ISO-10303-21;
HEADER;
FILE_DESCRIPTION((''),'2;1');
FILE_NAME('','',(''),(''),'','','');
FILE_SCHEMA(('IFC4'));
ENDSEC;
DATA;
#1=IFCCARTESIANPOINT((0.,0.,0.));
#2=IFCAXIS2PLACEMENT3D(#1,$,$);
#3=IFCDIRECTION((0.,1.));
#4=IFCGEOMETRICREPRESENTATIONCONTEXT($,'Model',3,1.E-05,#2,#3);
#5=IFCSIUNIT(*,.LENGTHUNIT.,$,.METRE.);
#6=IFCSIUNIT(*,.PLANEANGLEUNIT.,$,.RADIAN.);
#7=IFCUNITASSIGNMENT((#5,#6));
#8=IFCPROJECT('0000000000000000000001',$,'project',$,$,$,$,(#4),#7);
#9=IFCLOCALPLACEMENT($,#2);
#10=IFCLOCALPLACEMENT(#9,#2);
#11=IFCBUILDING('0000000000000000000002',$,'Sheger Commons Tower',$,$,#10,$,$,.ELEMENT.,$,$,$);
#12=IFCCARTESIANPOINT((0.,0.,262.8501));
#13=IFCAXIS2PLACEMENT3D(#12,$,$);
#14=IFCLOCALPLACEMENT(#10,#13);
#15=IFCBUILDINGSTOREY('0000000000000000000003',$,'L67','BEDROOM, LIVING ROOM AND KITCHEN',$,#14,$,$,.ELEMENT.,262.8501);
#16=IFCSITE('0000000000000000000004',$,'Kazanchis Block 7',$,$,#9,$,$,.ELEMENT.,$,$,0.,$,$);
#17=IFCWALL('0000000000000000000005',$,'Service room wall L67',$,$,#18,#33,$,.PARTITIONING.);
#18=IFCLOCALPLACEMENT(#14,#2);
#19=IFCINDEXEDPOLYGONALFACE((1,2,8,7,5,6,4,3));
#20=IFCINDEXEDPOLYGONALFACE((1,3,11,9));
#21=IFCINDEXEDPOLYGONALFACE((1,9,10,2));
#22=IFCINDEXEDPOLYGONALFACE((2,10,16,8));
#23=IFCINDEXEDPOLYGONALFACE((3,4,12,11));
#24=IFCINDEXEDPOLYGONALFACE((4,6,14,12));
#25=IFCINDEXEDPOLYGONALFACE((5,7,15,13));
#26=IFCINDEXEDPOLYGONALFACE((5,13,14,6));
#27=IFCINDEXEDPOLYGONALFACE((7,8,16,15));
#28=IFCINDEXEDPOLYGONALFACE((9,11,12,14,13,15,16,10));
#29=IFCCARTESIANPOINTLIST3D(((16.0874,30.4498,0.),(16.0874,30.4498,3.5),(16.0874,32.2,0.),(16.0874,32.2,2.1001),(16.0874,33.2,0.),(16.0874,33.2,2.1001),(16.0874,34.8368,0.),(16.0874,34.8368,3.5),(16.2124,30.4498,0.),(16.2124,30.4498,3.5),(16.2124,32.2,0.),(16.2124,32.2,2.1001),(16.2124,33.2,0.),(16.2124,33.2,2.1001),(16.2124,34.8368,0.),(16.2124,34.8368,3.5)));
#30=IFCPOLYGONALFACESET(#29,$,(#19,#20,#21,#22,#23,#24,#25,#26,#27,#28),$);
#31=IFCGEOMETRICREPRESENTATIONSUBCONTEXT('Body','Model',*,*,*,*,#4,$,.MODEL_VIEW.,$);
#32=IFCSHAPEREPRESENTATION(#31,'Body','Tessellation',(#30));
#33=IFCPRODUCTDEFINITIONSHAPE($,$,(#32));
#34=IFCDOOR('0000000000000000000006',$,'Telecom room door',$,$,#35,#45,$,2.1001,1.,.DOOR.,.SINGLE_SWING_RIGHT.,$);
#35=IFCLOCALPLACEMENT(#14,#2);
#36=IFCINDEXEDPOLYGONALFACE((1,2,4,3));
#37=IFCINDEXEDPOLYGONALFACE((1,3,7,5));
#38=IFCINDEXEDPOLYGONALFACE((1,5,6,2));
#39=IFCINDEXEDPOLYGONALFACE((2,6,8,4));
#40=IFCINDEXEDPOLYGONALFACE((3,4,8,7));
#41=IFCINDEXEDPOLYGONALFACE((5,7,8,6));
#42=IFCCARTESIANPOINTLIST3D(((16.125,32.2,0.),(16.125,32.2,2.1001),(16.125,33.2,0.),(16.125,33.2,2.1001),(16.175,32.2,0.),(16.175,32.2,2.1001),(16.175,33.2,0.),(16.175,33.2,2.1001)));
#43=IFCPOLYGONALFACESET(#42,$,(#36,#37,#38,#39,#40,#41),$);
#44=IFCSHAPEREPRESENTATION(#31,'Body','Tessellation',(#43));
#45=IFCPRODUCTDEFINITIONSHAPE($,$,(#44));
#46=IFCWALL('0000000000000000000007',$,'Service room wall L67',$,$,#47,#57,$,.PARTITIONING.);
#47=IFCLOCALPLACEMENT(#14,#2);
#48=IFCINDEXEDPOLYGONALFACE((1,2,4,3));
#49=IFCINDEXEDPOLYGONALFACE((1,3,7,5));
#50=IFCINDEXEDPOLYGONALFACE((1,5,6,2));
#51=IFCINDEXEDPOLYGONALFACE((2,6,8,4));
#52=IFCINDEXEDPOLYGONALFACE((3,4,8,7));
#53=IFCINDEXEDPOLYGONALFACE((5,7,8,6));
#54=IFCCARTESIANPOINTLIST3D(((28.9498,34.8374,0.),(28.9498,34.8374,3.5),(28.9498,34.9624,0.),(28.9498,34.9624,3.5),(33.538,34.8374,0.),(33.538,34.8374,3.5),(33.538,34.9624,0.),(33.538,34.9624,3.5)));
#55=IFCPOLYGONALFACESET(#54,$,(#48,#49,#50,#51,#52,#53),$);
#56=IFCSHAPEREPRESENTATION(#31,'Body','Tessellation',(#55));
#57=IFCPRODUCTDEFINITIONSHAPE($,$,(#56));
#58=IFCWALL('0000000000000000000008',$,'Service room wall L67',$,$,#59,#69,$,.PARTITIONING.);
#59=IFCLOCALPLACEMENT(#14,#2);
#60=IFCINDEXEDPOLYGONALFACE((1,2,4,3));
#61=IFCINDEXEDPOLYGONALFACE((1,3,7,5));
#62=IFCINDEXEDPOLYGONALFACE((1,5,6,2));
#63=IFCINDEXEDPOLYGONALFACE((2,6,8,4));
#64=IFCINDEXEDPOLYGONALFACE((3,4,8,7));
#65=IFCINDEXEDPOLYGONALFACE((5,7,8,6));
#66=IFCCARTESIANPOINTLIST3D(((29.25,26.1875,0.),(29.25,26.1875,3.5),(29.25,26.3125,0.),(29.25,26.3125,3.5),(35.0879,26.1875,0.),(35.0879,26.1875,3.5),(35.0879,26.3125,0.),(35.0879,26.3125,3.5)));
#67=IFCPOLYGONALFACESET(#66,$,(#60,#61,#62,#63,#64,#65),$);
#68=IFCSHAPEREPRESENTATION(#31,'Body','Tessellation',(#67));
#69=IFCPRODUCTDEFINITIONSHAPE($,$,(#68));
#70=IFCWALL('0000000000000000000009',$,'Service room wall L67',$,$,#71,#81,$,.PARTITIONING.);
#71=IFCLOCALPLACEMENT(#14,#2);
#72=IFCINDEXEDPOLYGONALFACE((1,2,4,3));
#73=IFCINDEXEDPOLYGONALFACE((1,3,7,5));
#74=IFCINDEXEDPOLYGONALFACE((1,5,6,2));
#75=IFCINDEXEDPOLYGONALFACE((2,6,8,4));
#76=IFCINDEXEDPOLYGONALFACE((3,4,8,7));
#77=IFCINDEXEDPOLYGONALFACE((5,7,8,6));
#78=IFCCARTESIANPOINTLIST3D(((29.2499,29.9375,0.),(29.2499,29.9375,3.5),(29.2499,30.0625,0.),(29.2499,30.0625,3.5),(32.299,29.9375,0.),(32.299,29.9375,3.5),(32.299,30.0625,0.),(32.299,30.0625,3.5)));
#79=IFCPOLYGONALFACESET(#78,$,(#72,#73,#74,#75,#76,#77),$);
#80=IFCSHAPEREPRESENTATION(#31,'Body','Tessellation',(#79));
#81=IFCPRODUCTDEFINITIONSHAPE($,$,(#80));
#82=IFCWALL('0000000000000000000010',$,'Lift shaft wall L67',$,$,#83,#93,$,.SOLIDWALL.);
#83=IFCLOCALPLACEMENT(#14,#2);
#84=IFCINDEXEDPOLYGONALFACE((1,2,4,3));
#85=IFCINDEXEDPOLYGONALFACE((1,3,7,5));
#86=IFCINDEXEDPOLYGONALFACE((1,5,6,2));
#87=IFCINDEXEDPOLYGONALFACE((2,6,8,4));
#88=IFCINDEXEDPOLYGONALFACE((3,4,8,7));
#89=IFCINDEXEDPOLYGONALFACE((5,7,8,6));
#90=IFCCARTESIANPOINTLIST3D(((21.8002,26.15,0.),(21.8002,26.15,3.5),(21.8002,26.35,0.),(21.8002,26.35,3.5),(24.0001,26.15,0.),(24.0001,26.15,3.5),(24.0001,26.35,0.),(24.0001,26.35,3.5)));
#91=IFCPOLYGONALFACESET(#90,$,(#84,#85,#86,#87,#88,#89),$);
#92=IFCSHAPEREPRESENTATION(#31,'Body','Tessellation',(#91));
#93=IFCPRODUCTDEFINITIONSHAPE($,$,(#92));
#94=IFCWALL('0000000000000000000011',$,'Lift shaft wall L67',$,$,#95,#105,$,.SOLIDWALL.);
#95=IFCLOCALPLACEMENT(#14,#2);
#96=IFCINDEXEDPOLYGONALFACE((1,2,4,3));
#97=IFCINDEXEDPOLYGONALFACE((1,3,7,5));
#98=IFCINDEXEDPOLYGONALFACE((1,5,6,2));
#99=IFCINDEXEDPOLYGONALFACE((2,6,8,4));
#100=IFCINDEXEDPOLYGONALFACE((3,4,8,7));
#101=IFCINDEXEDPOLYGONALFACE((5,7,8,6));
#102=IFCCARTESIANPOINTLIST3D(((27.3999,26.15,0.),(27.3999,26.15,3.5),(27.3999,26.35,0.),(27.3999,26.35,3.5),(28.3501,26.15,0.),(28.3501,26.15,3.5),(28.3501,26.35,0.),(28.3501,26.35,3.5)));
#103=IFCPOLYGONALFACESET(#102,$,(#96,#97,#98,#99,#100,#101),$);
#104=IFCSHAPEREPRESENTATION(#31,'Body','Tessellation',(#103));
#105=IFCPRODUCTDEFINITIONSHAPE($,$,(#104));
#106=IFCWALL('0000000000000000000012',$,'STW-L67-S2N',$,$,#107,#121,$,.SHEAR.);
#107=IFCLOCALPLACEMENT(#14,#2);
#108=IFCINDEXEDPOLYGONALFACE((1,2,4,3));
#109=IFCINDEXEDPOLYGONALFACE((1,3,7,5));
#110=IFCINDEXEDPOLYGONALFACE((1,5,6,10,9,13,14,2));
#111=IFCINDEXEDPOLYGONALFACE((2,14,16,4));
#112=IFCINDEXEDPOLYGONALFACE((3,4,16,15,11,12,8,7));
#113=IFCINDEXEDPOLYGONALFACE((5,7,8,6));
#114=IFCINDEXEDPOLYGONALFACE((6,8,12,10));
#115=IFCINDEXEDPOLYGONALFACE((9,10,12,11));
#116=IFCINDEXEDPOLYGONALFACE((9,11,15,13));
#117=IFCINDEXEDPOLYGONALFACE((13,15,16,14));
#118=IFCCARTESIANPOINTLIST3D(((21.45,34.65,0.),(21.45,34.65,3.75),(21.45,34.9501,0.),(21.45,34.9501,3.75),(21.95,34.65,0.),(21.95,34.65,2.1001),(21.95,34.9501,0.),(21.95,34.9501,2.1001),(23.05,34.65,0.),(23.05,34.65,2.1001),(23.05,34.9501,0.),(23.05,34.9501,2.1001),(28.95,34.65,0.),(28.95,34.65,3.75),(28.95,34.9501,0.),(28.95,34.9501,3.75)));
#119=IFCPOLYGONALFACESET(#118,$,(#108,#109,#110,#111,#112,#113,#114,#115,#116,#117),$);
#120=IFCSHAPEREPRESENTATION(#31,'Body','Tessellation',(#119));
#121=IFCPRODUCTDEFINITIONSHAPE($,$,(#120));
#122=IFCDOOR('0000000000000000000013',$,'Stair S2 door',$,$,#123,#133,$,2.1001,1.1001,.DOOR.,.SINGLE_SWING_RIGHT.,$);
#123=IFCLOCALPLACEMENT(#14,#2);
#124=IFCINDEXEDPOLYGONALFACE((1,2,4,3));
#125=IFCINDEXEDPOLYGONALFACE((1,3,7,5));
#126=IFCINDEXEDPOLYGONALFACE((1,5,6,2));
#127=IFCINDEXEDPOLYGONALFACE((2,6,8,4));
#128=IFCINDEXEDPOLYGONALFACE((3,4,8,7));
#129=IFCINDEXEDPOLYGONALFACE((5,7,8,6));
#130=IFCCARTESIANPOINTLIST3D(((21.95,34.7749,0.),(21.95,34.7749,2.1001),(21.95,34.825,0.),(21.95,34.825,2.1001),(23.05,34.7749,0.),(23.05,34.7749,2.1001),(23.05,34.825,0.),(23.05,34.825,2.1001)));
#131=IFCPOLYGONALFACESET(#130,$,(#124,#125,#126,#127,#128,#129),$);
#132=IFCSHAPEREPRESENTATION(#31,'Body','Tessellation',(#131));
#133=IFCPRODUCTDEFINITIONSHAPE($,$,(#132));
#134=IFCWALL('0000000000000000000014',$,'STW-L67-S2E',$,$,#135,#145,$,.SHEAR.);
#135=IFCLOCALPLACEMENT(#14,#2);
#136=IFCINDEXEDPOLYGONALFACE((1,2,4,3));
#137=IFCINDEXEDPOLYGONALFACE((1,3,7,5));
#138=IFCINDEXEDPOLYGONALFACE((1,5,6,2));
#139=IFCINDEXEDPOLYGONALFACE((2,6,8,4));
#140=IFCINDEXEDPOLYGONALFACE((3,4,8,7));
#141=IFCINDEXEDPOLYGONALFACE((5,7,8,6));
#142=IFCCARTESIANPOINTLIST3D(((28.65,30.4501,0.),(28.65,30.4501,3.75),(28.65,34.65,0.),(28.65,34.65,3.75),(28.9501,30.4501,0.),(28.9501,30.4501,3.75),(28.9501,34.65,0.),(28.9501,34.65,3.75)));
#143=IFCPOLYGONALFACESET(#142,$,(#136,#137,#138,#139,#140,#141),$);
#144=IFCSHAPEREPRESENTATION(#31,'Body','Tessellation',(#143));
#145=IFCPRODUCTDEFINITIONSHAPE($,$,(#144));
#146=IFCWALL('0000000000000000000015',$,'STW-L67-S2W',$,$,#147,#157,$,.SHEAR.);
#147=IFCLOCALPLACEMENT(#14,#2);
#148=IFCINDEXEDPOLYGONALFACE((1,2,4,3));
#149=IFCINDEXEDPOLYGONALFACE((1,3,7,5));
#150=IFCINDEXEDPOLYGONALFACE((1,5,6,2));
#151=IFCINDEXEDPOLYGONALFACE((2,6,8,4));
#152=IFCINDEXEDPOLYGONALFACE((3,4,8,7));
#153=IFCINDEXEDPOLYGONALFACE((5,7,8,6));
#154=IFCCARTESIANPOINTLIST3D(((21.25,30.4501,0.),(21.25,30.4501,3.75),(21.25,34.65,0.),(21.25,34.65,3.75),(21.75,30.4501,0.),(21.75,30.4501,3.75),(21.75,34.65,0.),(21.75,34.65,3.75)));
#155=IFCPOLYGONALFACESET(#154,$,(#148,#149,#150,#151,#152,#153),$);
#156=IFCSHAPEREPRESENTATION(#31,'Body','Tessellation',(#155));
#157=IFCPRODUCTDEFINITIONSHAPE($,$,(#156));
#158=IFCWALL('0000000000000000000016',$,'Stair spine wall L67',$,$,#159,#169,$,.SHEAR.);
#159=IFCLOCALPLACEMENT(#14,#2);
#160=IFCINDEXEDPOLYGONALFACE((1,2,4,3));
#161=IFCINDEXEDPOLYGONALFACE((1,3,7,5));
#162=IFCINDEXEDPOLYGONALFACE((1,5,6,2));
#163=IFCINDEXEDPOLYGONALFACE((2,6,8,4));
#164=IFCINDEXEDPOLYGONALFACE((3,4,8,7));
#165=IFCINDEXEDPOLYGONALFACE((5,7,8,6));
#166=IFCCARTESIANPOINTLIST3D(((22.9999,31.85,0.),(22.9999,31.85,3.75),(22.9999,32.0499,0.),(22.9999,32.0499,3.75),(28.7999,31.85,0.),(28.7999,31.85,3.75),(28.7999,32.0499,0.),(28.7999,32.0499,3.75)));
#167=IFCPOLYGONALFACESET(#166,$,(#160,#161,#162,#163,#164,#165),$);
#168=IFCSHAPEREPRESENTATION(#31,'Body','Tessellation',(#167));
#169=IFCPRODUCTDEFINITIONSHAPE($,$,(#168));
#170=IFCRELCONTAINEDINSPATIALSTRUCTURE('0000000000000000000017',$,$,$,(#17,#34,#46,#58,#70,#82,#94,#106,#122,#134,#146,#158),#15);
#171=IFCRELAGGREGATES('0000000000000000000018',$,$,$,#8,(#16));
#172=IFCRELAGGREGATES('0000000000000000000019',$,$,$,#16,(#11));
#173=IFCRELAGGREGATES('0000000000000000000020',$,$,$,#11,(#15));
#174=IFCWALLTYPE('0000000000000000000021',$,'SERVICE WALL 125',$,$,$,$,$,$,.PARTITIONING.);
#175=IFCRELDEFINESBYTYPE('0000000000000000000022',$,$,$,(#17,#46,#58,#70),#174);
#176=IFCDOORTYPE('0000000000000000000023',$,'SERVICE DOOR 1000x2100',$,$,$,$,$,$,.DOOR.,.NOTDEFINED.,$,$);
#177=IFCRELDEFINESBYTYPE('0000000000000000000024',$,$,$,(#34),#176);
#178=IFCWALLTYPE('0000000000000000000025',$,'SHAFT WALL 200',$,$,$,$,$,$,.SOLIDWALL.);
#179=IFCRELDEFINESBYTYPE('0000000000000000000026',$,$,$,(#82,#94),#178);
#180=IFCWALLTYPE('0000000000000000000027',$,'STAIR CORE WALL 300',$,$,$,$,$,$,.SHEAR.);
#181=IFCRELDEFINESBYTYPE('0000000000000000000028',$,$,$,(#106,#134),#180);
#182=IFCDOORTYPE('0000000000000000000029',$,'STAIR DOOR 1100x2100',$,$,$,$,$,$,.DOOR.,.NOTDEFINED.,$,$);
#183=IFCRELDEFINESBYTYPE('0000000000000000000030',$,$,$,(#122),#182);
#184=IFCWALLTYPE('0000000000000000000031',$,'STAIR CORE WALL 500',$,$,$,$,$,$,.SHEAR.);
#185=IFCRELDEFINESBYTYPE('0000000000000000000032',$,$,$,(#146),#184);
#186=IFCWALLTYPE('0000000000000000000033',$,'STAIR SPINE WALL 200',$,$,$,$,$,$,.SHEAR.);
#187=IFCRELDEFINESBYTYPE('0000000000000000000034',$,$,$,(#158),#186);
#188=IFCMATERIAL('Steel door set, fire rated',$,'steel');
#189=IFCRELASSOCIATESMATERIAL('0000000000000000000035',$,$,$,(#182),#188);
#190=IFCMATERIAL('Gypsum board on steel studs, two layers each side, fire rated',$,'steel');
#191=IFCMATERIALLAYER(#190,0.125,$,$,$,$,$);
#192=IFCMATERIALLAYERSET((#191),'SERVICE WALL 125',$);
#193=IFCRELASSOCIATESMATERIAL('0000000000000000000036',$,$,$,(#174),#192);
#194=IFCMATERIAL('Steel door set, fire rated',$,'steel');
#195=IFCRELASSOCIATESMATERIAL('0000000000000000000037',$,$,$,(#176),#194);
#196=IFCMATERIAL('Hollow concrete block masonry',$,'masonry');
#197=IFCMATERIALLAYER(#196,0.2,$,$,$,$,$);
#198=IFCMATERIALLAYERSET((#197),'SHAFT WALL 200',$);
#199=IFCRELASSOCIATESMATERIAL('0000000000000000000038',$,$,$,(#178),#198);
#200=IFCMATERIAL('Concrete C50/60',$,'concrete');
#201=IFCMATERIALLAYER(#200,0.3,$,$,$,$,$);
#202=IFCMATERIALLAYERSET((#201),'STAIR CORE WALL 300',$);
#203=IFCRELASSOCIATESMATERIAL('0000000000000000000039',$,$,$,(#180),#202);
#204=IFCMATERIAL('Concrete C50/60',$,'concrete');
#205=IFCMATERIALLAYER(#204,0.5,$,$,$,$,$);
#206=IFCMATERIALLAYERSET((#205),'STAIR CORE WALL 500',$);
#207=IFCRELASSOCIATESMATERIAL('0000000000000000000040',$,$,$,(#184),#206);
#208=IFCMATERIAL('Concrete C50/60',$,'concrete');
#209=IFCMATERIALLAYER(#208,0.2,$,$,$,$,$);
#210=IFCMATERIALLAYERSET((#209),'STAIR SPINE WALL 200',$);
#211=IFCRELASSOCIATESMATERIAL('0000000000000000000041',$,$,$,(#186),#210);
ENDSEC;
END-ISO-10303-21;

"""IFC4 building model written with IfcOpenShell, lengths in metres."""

from ifc_helpers import new_model, si_unit, direction, frame, frame_2d, origin, place, context, subcontext, project, spatial, rectangle, extrude, material, layer, layer_set, type_object, element, fill, save


model = new_model("IFC4")

# Units and contexts
model_context = context("Model", 3, precision=1e-05, world=origin(), true_north=direction((0.0, 1.0)))
body_context = subcontext(model_context, "Body", "Model", "MODEL_VIEW")
ifc_project = project(units=[si_unit("LENGTHUNIT", "METRE"), si_unit("PLANEANGLEUNIT", "RADIAN")], contexts=[model_context])

# Site, building, storey
site_placement = place(None, origin())
site = spatial("IfcSite", under=ifc_project, at=site_placement, Name="Kazanchis Block 7", CompositionType="ELEMENT", RefElevation=0.0)
building_placement = place(site_placement, origin())
building = spatial("IfcBuilding", under=site, at=building_placement, Name="Sheger Commons Tower", CompositionType="ELEMENT")
storey_placement = place(building_placement, frame((0.0, 0.0, 262.8501)))
storey = spatial("IfcBuildingStorey", under=building, at=storey_placement, Name="L67", Description="BEDROOM, LIVING ROOM AND KITCHEN", CompositionType="ELEMENT", Elevation=262.8501)

# Shared definitions
ifc_material_1 = material(Name="Steel door set, fire rated", Category="steel")
door_type_1 = type_object("IfcDoorType", Name="STAIR DOOR 1100x2100", OperationType="NOTDEFINED", PredefinedType="DOOR", material=ifc_material_1)

# Wall, opening, door
ifc_material_2 = material(Name="Gypsum board on steel studs, two layers each side, fire rated", Category="steel")
ifc_layer_1 = layer(ifc_material_2, 0.125)
ifc_layer_set_1 = layer_set([ifc_layer_1], Name="SERVICE WALL 125")
wall_type_1 = type_object("IfcWallType", Name="SERVICE WALL 125", PredefinedType="PARTITIONING", material=ifc_layer_set_1)
wall_1_placement = place(storey_placement, frame((16.1499, 30.45, 0.0), z_axis=(0.0, 0.0, 1.0), x_axis=(0.0, 1.0, 0.0)))
wall_1 = element("IfcWall", 1, at=wall_1_placement, inside=storey, type_object=wall_type_1, Name="Service room wall L67", PredefinedType="PARTITIONING", context=body_context, shape_type="SweptSolid", body=[
    extrude(rectangle(XDim=4.387, YDim=0.125, at=frame_2d((2.1934, 0.0))), origin(), (0.0, 0.0, 1.0), 3.5),
])
opening_1_placement = place(wall_1_placement, frame((1.75, 0.0, 0.0)))
opening_1 = element("IfcOpeningElement", 2, at=opening_1_placement, cuts=wall_1, PredefinedType="OPENING", context=body_context, shape_type="SweptSolid", body=[
    extrude(rectangle(XDim=1.0, YDim=2.1001, at=frame_2d((0.5, 1.05))), frame((0.0, 0.0725, 0.0), z_axis=(0.0, -1.0, 0.0), x_axis=(1.0, 0.0, 0.0)), (0.0, 0.0, 1.0), 0.145),
])
ifc_material_3 = material(Name="Steel door set, fire rated", Category="steel")
door_type_2 = type_object("IfcDoorType", Name="SERVICE DOOR 1000x2100", OperationType="NOTDEFINED", PredefinedType="DOOR", material=ifc_material_3)
door_1_placement = place(opening_1_placement, origin())
door_1 = element("IfcDoor", 3, at=door_1_placement, inside=storey, type_object=door_type_2, Name="Telecom room door", OperationType="SINGLE_SWING_RIGHT", OverallHeight=2.1001, OverallWidth=1.0, PredefinedType="DOOR", context=body_context, shape_type="SweptSolid", body=[
    extrude(rectangle(XDim=1.0, YDim=2.1001, at=frame_2d((0.5, 1.05))), frame((0.0, 0.0249, 0.0), z_axis=(0.0, -1.0, 0.0), x_axis=(1.0, 0.0, 0.0)), (0.0, 0.0, 1.0), 0.05),
])
fill(opening_1, door_1)

# Walls
wall_2_placement = place(storey_placement, frame((28.95, 34.8999, 0.0), z_axis=(0.0, 0.0, 1.0), x_axis=(1.0, 0.0, 0.0)))
element("IfcWall", 4, at=wall_2_placement, inside=storey, type_object=wall_type_1, Name="Service room wall L67", PredefinedType="PARTITIONING", context=body_context, shape_type="SweptSolid", body=[
    extrude(rectangle(XDim=4.5881, YDim=0.125, at=frame_2d((2.2939, 0.0))), origin(), (0.0, 0.0, 1.0), 3.5),
])
wall_3_placement = place(storey_placement, frame((29.25, 26.25, 0.0), z_axis=(0.0, 0.0, 1.0), x_axis=(1.0, 0.0, 0.0)))
element("IfcWall", 5, at=wall_3_placement, inside=storey, type_object=wall_type_1, Name="Service room wall L67", PredefinedType="PARTITIONING", context=body_context, shape_type="SweptSolid", body=[
    extrude(rectangle(XDim=5.8379, YDim=0.125, at=frame_2d((2.9189, 0.0))), origin(), (0.0, 0.0, 1.0), 3.5),
])
wall_4_placement = place(storey_placement, frame((29.25, 30.0, 0.0), z_axis=(0.0, 0.0, 1.0), x_axis=(1.0, 0.0, 0.0)))
element("IfcWall", 6, at=wall_4_placement, inside=storey, type_object=wall_type_1, Name="Service room wall L67", PredefinedType="PARTITIONING", context=body_context, shape_type="SweptSolid", body=[
    extrude(rectangle(XDim=3.0491, YDim=0.125, at=frame_2d((1.5244, 0.0))), origin(), (0.0, 0.0, 1.0), 3.5),
])
ifc_material_4 = material(Name="Hollow concrete block masonry", Category="masonry")
ifc_layer_2 = layer(ifc_material_4, 0.2)
ifc_layer_set_2 = layer_set([ifc_layer_2], Name="SHAFT WALL 200")
wall_type_2 = type_object("IfcWallType", Name="SHAFT WALL 200", PredefinedType="SOLIDWALL", material=ifc_layer_set_2)
wall_5_placement = place(storey_placement, frame((21.8, 26.25, 0.0), z_axis=(0.0, 0.0, 1.0), x_axis=(1.0, 0.0, 0.0)))
element("IfcWall", 7, at=wall_5_placement, inside=storey, type_object=wall_type_2, Name="Lift shaft wall L67", PredefinedType="SOLIDWALL", context=body_context, shape_type="SweptSolid", body=[
    extrude(rectangle(XDim=2.2, YDim=0.2, at=frame_2d((1.1001, 0.0))), origin(), (0.0, 0.0, 1.0), 3.5),
])
wall_6_placement = place(storey_placement, frame((27.3999, 26.25, 0.0), z_axis=(0.0, 0.0, 1.0), x_axis=(1.0, 0.0, 0.0)))
element("IfcWall", 8, at=wall_6_placement, inside=storey, type_object=wall_type_2, Name="Lift shaft wall L67", PredefinedType="SOLIDWALL", context=body_context, shape_type="SweptSolid", body=[
    extrude(rectangle(XDim=0.9502, YDim=0.2, at=frame_2d((0.4751, 0.0))), origin(), (0.0, 0.0, 1.0), 3.5),
])

# Wall, opening, door
ifc_material_5 = material(Name="Concrete C50/60", Category="concrete")
ifc_layer_3 = layer(ifc_material_5, 0.3)
ifc_layer_set_3 = layer_set([ifc_layer_3], Name="STAIR CORE WALL 300")
wall_type_3 = type_object("IfcWallType", Name="STAIR CORE WALL 300", PredefinedType="SHEAR", material=ifc_layer_set_3)
wall_7_placement = place(storey_placement, frame((21.45, 34.8, 0.0), z_axis=(0.0, 0.0, 1.0), x_axis=(1.0, 0.0, 0.0)))
wall_7 = element("IfcWall", 9, at=wall_7_placement, inside=storey, type_object=wall_type_3, Name="STW-L67-S2N", PredefinedType="SHEAR", context=body_context, shape_type="SweptSolid", body=[
    extrude(rectangle(XDim=7.5, YDim=0.3, at=frame_2d((3.75, 0.0))), origin(), (0.0, 0.0, 1.0), 3.75),
])
opening_2_placement = place(wall_7_placement, frame((0.5, 0.0, 0.0)))
opening_2 = element("IfcOpeningElement", 10, at=opening_2_placement, cuts=wall_7, PredefinedType="OPENING", context=body_context, shape_type="SweptSolid", body=[
    extrude(rectangle(XDim=1.1001, YDim=2.1001, at=frame_2d((0.55, 1.05))), frame((0.0, 0.1599, 0.0), z_axis=(0.0, -1.0, 0.0), x_axis=(1.0, 0.0, 0.0)), (0.0, 0.0, 1.0), 0.3201),
])
door_2_placement = place(opening_2_placement, origin())
door_2 = element("IfcDoor", 11, at=door_2_placement, inside=storey, type_object=door_type_1, Name="Stair S2 door", OperationType="SINGLE_SWING_RIGHT", OverallHeight=2.1001, OverallWidth=1.1001, PredefinedType="DOOR", context=body_context, shape_type="SweptSolid", body=[
    extrude(rectangle(XDim=1.1001, YDim=2.1001, at=frame_2d((0.55, 1.05))), frame((0.0, 0.0249, 0.0), z_axis=(0.0, -1.0, 0.0), x_axis=(1.0, 0.0, 0.0)), (0.0, 0.0, 1.0), 0.05),
])
fill(opening_2, door_2)

# Walls
wall_8_placement = place(storey_placement, frame((28.8, 30.45, 0.0), z_axis=(0.0, 0.0, 1.0), x_axis=(0.0, 1.0, 0.0)))
element("IfcWall", 12, at=wall_8_placement, inside=storey, type_object=wall_type_3, Name="STW-L67-S2E", PredefinedType="SHEAR", context=body_context, shape_type="SweptSolid", body=[
    extrude(rectangle(XDim=4.2, YDim=0.3, at=frame_2d((2.1001, 0.0))), origin(), (0.0, 0.0, 1.0), 3.75),
])
ifc_material_6 = material(Name="Concrete C50/60", Category="concrete")
ifc_layer_4 = layer(ifc_material_6, 0.5)
ifc_layer_set_4 = layer_set([ifc_layer_4], Name="STAIR CORE WALL 500")
wall_type_4 = type_object("IfcWallType", Name="STAIR CORE WALL 500", PredefinedType="SHEAR", material=ifc_layer_set_4)
wall_9_placement = place(storey_placement, frame((21.5, 30.45, 0.0), z_axis=(0.0, 0.0, 1.0), x_axis=(0.0, 1.0, 0.0)))
element("IfcWall", 13, at=wall_9_placement, inside=storey, type_object=wall_type_4, Name="STW-L67-S2W", PredefinedType="SHEAR", context=body_context, shape_type="SweptSolid", body=[
    extrude(rectangle(XDim=4.2, YDim=0.5, at=frame_2d((2.1001, 0.0))), origin(), (0.0, 0.0, 1.0), 3.75),
])
ifc_material_7 = material(Name="Concrete C50/60", Category="concrete")
ifc_layer_5 = layer(ifc_material_7, 0.2)
ifc_layer_set_5 = layer_set([ifc_layer_5], Name="STAIR SPINE WALL 200")
wall_type_5 = type_object("IfcWallType", Name="STAIR SPINE WALL 200", PredefinedType="SHEAR", material=ifc_layer_set_5)
wall_10_placement = place(storey_placement, frame((23.0, 31.95, 0.0), z_axis=(0.0, 0.0, 1.0), x_axis=(1.0, 0.0, 0.0)))
element("IfcWall", 14, at=wall_10_placement, inside=storey, type_object=wall_type_5, Name="Stair spine wall L67", PredefinedType="SHEAR", context=body_context, shape_type="SweptSolid", body=[
    extrude(rectangle(XDim=5.8, YDim=0.2, at=frame_2d((2.8999, 0.0))), origin(), (0.0, 0.0, 1.0), 3.75),
])

save(model, "model.ifc")
